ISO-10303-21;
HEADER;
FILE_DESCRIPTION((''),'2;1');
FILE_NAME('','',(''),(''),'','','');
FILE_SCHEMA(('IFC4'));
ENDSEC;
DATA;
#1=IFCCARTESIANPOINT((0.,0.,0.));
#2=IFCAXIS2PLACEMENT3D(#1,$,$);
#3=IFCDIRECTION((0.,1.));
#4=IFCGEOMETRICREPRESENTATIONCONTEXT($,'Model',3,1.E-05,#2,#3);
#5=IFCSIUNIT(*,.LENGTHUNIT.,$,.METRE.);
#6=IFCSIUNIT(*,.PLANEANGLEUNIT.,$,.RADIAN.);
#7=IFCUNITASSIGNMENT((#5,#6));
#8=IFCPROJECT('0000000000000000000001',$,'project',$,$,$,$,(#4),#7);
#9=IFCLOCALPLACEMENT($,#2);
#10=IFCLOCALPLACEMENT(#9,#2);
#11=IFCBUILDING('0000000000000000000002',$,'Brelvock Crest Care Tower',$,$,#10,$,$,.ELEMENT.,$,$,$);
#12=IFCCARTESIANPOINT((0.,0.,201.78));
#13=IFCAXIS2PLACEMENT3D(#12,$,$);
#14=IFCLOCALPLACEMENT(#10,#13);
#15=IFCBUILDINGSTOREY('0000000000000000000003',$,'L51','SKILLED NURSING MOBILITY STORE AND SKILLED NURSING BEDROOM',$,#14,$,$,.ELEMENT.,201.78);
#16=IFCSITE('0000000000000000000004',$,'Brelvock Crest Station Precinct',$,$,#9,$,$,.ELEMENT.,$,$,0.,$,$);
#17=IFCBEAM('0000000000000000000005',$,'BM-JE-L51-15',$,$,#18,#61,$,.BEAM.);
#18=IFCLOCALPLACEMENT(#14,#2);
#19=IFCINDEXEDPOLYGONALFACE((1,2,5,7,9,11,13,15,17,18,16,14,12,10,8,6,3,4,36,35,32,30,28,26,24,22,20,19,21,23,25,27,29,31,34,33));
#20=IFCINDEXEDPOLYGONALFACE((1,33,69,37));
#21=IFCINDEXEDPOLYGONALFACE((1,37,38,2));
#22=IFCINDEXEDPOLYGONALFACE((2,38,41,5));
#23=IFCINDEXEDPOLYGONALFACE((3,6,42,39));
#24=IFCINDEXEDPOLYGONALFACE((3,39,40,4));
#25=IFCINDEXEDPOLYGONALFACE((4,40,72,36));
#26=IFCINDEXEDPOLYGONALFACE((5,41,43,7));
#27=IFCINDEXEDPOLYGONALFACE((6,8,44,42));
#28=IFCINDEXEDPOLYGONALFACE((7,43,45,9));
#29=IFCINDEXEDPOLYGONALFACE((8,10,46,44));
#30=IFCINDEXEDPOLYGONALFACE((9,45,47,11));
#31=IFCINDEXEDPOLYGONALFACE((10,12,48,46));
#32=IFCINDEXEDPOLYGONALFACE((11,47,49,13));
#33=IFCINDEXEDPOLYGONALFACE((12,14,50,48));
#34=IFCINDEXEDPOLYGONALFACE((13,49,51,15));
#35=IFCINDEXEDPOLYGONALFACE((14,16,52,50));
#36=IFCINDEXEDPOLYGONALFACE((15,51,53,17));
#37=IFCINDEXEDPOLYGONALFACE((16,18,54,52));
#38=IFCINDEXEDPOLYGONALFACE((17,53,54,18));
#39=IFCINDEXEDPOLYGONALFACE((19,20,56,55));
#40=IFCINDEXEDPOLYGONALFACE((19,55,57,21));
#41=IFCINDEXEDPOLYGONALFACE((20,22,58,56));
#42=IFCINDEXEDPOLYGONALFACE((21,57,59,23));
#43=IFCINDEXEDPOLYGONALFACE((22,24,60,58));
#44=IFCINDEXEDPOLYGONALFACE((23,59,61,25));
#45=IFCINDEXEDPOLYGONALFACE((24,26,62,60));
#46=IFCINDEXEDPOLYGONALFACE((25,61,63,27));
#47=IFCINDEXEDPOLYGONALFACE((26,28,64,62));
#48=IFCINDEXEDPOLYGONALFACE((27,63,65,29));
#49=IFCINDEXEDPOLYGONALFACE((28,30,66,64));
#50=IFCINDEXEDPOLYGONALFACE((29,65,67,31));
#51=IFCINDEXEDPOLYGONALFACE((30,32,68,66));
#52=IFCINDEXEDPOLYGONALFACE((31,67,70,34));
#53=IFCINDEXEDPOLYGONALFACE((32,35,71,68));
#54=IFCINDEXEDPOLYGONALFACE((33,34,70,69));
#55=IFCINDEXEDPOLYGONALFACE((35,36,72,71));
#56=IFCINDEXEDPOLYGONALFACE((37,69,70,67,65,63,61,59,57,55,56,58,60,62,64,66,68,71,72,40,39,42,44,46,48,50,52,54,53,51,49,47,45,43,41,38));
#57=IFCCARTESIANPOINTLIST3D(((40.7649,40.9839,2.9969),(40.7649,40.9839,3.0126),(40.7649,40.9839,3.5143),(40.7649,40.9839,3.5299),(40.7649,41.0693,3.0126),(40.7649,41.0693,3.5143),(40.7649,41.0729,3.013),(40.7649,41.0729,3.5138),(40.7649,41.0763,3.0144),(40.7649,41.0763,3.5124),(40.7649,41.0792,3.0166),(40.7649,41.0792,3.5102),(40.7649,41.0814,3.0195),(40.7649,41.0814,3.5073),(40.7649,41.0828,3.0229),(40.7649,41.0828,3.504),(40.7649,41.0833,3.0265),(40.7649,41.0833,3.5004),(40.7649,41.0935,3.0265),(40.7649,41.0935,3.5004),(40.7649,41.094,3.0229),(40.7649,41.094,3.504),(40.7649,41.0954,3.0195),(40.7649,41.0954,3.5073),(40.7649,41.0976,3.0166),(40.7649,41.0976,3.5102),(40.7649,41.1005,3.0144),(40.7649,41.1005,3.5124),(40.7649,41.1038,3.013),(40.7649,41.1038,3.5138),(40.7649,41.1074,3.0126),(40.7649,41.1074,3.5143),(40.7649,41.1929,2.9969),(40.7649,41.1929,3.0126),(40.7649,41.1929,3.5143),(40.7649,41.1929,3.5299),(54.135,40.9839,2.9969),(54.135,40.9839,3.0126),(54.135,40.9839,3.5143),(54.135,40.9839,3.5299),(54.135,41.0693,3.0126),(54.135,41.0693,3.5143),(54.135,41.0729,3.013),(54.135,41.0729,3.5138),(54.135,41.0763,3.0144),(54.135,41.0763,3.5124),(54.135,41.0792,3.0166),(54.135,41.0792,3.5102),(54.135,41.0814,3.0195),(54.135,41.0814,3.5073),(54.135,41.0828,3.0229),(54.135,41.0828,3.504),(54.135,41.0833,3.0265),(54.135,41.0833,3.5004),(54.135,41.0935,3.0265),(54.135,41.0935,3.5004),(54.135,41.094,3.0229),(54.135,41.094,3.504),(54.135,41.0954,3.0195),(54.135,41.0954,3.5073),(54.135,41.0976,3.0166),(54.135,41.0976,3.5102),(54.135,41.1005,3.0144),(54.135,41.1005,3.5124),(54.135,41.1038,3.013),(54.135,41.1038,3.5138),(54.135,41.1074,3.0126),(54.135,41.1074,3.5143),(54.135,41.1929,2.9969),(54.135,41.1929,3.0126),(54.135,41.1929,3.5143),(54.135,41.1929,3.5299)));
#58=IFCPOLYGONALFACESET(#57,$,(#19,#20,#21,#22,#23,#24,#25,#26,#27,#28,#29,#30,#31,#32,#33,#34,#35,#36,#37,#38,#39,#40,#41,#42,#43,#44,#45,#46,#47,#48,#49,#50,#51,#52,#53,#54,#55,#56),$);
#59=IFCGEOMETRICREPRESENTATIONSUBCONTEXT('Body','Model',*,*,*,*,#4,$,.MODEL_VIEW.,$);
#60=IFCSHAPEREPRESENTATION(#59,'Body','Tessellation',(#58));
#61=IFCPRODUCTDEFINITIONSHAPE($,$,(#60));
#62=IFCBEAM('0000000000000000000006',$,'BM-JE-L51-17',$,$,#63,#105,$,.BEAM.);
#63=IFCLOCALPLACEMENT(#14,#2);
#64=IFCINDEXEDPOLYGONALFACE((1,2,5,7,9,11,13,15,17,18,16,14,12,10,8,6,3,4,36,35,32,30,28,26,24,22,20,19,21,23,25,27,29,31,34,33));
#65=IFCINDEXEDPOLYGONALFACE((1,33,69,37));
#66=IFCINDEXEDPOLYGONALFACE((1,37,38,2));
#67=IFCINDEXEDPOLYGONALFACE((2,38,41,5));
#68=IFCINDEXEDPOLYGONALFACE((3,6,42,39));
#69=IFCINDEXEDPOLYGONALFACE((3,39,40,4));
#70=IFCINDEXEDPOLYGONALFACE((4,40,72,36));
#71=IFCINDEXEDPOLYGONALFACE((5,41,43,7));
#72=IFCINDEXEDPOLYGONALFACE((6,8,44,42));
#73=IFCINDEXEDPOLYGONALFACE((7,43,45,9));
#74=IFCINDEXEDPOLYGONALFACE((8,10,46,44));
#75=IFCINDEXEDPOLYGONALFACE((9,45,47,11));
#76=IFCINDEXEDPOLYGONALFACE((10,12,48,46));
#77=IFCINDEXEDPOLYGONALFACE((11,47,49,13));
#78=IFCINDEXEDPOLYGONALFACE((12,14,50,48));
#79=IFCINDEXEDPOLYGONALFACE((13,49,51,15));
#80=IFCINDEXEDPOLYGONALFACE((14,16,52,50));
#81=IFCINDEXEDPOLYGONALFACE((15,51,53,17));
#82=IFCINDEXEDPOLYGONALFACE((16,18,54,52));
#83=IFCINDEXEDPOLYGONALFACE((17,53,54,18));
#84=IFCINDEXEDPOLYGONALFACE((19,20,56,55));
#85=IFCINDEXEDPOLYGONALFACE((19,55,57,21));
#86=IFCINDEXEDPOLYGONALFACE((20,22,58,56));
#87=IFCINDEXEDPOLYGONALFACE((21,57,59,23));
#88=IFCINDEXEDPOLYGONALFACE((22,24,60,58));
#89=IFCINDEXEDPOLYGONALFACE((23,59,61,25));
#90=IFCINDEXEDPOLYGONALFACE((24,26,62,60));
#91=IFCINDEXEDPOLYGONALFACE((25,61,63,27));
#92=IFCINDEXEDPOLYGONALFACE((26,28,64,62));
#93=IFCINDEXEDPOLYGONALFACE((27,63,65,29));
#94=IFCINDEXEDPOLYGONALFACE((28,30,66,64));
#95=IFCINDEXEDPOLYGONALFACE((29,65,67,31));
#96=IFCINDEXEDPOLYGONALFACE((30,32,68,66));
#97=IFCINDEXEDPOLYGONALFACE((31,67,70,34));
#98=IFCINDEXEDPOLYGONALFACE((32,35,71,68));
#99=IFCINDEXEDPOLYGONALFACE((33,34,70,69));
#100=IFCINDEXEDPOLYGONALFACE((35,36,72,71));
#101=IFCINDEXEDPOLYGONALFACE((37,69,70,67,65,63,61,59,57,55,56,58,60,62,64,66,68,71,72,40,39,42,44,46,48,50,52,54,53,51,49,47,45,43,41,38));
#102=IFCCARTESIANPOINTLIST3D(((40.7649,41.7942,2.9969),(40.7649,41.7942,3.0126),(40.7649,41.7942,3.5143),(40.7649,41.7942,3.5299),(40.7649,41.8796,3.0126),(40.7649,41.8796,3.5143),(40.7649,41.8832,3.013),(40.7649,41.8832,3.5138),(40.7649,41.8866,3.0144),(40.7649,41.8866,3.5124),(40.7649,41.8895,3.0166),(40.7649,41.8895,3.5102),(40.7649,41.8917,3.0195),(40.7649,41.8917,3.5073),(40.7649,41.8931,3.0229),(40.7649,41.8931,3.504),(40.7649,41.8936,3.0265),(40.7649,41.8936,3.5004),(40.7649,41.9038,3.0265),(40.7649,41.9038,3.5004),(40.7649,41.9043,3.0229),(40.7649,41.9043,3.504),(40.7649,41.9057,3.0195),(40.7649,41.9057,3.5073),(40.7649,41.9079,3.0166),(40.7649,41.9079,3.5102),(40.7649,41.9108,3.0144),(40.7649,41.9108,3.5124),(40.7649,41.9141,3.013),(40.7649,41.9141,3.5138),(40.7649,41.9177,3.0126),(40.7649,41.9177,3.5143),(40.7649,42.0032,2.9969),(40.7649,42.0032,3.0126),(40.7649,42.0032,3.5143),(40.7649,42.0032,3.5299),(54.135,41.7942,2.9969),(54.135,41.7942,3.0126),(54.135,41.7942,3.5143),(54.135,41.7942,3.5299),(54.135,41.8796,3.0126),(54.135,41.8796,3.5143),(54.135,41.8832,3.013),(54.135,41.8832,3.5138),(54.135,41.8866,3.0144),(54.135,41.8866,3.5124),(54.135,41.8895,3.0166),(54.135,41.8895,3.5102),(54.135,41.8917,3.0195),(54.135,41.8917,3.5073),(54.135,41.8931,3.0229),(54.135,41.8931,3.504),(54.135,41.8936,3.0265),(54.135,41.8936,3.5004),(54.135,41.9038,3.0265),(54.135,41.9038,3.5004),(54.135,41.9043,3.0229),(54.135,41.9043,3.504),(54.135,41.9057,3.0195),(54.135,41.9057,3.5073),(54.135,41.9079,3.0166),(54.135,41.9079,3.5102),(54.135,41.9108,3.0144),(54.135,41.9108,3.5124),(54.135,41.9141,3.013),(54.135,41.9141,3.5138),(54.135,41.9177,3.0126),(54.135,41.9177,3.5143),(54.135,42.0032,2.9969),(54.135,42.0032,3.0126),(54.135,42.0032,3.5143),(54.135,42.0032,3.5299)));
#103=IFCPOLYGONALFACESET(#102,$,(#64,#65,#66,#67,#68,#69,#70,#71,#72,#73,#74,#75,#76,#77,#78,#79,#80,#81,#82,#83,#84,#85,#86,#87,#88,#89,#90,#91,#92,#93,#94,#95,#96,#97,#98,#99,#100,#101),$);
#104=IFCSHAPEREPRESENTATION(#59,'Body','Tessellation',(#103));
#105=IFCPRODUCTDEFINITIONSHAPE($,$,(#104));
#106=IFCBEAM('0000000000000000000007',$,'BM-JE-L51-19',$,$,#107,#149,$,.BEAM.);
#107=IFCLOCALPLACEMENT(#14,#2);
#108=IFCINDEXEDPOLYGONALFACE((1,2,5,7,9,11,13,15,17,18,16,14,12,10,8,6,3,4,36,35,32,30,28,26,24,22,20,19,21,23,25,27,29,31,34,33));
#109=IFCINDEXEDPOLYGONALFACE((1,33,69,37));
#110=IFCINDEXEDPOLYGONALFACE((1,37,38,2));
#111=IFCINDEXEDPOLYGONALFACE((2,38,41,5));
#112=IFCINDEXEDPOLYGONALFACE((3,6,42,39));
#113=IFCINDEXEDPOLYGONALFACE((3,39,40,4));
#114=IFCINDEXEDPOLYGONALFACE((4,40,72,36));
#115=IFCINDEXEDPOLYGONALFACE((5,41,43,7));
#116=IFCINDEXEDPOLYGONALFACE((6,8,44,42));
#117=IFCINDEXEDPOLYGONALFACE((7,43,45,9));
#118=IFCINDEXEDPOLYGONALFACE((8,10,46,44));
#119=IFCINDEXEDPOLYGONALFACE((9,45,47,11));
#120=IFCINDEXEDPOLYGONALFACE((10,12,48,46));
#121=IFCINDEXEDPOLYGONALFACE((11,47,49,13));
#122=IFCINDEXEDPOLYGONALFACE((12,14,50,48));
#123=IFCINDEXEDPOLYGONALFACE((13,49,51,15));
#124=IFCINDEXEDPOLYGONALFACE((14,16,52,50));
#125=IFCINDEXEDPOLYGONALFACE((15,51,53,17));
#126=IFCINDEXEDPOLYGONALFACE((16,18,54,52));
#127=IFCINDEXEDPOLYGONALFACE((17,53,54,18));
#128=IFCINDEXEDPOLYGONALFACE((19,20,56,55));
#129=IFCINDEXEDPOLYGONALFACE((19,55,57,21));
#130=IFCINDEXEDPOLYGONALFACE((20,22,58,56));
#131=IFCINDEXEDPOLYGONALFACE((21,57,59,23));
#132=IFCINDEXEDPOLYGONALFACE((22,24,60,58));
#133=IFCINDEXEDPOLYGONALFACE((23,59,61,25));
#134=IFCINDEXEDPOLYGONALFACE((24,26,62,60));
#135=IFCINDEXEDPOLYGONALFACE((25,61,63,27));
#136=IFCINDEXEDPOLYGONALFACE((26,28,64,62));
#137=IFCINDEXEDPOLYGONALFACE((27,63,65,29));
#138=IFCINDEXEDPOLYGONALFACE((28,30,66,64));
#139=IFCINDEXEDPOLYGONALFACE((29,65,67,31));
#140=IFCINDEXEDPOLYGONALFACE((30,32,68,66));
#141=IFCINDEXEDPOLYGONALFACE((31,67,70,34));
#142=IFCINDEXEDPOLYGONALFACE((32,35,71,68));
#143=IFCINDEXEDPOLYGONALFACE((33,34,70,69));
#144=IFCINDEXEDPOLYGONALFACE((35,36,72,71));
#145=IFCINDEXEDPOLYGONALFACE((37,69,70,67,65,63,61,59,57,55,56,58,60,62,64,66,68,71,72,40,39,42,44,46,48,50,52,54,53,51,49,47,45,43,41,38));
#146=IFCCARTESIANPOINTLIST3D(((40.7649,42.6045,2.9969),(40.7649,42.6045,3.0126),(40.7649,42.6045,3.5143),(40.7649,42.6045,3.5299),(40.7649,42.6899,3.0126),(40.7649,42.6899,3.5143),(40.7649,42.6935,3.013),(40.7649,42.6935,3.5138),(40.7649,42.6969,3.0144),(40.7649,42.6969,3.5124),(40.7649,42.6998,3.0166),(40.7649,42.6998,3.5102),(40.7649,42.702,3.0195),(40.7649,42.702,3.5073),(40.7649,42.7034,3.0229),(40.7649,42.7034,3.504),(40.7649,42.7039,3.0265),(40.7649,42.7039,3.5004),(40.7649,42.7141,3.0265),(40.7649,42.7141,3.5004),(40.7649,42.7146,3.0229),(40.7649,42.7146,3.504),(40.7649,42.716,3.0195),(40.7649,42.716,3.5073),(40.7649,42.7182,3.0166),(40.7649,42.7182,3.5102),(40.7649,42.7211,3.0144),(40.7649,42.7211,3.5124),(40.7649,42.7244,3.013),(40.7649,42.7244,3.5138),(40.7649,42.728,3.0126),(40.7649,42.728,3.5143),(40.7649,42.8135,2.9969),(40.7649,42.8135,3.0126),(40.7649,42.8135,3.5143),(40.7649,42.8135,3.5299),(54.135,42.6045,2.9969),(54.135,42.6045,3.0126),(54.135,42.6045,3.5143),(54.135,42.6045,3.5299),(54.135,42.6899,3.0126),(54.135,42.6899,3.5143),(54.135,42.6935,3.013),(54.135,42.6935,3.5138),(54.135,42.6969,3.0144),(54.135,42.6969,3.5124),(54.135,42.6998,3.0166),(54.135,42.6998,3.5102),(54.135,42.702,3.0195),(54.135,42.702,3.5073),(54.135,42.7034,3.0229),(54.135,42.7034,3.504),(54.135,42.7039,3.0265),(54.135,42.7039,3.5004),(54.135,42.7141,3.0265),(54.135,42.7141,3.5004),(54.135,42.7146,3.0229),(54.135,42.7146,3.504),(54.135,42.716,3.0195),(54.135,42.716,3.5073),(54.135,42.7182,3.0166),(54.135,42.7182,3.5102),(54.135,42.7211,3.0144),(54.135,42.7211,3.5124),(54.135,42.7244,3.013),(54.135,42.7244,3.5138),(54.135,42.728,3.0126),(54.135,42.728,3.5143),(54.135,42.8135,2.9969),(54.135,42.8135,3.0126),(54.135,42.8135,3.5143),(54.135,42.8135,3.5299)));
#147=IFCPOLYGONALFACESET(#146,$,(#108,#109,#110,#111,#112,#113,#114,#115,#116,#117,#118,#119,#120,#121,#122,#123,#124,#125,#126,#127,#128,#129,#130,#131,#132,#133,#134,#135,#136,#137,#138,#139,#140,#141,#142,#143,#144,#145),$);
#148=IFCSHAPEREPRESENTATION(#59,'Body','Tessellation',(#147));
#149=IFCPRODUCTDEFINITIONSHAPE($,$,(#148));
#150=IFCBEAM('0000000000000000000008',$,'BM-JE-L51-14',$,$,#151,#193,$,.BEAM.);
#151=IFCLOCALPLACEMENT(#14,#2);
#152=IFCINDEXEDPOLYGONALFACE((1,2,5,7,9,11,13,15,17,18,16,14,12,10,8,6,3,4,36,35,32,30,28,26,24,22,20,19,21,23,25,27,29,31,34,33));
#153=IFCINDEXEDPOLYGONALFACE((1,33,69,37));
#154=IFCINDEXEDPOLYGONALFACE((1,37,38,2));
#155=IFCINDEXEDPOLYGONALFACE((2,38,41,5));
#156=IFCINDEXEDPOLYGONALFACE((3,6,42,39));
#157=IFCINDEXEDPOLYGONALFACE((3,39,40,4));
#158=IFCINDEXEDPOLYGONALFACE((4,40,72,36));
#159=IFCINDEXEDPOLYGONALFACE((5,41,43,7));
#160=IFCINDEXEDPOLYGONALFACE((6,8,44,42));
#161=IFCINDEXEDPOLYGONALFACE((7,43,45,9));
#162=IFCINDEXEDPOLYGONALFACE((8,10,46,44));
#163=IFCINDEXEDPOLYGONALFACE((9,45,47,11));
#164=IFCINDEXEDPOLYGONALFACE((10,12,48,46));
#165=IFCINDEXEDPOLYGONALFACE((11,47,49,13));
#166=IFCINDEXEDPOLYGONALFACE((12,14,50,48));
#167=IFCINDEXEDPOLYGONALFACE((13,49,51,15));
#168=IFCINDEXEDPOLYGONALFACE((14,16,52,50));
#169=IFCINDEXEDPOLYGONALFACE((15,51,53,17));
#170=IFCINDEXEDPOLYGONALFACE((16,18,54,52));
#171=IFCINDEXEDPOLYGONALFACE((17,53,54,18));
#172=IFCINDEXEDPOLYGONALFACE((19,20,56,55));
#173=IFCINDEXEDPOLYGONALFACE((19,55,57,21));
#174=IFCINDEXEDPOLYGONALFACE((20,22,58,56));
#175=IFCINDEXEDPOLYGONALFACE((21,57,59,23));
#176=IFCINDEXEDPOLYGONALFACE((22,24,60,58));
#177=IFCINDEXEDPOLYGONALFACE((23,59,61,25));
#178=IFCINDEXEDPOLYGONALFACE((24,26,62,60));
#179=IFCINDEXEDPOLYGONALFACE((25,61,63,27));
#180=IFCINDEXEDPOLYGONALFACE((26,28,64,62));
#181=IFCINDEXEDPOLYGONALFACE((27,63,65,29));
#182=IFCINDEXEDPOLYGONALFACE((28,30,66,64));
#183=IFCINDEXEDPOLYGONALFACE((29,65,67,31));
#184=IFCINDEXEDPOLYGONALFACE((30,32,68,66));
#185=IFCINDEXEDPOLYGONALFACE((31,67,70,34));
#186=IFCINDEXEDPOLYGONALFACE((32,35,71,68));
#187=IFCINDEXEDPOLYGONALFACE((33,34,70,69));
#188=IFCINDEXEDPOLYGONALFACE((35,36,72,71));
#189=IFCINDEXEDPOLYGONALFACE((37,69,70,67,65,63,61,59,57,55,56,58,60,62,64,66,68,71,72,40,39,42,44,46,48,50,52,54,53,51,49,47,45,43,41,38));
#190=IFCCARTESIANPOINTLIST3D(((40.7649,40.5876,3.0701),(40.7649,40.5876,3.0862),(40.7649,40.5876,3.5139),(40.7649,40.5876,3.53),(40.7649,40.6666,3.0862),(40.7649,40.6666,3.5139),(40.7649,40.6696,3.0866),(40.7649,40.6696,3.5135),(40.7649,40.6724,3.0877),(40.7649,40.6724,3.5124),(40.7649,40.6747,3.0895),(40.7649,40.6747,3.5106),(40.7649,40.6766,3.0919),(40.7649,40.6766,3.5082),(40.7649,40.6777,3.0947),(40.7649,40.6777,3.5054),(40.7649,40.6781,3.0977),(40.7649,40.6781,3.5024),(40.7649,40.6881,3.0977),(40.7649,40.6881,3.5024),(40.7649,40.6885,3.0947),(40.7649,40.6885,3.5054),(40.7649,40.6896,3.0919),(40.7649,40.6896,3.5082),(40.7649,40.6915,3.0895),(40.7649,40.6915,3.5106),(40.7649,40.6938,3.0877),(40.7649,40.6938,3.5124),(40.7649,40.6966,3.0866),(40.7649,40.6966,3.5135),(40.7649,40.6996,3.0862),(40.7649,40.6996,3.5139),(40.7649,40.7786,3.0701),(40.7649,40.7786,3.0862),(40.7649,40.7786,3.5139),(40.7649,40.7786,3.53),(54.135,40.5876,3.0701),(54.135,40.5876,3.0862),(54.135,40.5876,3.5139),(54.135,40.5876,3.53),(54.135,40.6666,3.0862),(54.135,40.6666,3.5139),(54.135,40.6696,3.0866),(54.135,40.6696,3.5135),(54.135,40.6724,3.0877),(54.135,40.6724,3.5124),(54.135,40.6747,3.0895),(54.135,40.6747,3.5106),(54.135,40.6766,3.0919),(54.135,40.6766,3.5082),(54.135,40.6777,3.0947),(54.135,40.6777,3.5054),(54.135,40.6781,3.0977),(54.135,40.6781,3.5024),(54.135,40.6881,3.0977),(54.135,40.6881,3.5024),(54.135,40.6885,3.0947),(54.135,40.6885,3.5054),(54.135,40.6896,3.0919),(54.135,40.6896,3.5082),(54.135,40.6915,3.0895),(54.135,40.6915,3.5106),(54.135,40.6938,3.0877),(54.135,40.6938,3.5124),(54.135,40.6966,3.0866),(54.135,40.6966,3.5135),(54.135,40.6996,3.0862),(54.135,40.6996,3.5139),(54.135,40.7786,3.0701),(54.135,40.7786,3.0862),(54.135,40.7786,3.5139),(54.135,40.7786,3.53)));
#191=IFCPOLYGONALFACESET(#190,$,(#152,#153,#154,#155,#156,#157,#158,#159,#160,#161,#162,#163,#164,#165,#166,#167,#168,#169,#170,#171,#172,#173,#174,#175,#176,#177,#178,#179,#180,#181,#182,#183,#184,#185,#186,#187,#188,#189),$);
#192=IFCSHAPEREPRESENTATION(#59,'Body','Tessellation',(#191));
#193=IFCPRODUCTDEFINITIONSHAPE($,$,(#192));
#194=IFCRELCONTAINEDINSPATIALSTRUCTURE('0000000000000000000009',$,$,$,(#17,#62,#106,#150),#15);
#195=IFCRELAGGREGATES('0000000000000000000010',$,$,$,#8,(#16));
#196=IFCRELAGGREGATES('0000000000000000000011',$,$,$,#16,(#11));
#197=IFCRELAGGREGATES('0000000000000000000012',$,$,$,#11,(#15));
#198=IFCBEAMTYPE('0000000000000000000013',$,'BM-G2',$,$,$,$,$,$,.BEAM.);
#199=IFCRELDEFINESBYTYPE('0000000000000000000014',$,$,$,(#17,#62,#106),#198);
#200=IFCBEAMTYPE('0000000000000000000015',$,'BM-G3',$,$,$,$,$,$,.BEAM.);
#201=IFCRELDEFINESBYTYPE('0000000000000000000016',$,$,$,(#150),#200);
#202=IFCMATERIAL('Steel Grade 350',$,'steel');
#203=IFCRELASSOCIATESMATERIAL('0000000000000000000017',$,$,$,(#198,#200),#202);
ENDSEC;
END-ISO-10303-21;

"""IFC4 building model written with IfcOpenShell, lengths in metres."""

from ifc_helpers import new_model, si_unit, direction, frame, origin, origin_2d, place, context, subcontext, project, spatial, i_section, extrude, source, transform, mapped, material, material_profile, profile_set, type_object, element, save


model = new_model("IFC4")

# Units and contexts
model_context = context("Model", 3, precision=1e-05, world=origin(), true_north=direction((0.0, 1.0)))
body_context = subcontext(model_context, "Body", "Model", "MODEL_VIEW")
ifc_project = project(units=[si_unit("LENGTHUNIT", "METRE"), si_unit("PLANEANGLEUNIT", "RADIAN")], contexts=[model_context])

# Site, building, storey
site_placement = place(None, origin())
site = spatial("IfcSite", under=ifc_project, at=site_placement, Name="Brelvock Crest Station Precinct", CompositionType="ELEMENT", RefElevation=0.0)
building_placement = place(site_placement, origin())
building = spatial("IfcBuilding", under=site, at=building_placement, Name="Brelvock Crest Care Tower", CompositionType="ELEMENT")
storey_placement = place(building_placement, frame((0.0, 0.0, 201.78)))
storey = spatial("IfcBuildingStorey", under=building, at=storey_placement, Name="L51", Description="SKILLED NURSING MOBILITY STORE AND SKILLED NURSING BEDROOM", CompositionType="ELEMENT", Elevation=201.78)

# Beams
ifc_material_1 = material(Name="Steel Grade 350", Category="steel")
ifc_material_profile_1 = material_profile(ifc_material_1, i_section(OverallWidth=0.209, OverallDepth=0.533, WebThickness=0.0103, FlangeThickness=0.0156, FilletRadius=0.0139, at=origin_2d()), Name="530UB92.4")
ifc_profile_set_1 = profile_set([ifc_material_profile_1], Name="Steel Grade 350")
beam_type_1 = type_object("IfcBeamType", Name="BM-G2", PredefinedType="BEAM", material=ifc_profile_set_1)
shared_shape_1 = source(origin(), body_context, "Body", "SweptSolid", [
    extrude(i_section(OverallWidth=0.209, OverallDepth=0.533, WebThickness=0.0103, FlangeThickness=0.0156, FilletRadius=0.0139, at=origin_2d()), origin(), (0.0, 0.0, 1.0), 13.3701),
])
for number, where, z_axis, x_axis, name in (
    (1, (40.7649, 41.0884, 3.2634), (1.0, 0.0, 0.0), (0.0, 1.0, 0.0), "BM-JE-L51-15"),
    (2, (40.7649, 41.8987, 3.2634), (1.0, 0.0, 0.0), (0.0, 1.0, 0.0), "BM-JE-L51-17"),
    (3, (40.7649, 42.709, 3.2634), (1.0, 0.0, 0.0), (0.0, 1.0, 0.0), "BM-JE-L51-19"),
):
    element("IfcBeam", number, at=place(storey_placement, frame(where, z_axis=z_axis, x_axis=x_axis)), inside=storey, type_object=beam_type_1, Name=name, PredefinedType="BEAM", context=body_context, shape_type="MappedRepresentation", body=[
        mapped(shared_shape_1, transform((0.0, 0.0, 0.0), x_axis=(1.0, 0.0, 0.0), y_axis=(0.0, 1.0, 0.0), z_axis=(0.0, 0.0, 1.0), scale=1.0)),
    ])
ifc_material_profile_2 = material_profile(ifc_material_1, i_section(OverallWidth=0.1909, OverallDepth=0.46, WebThickness=0.01, FlangeThickness=0.0161, FilletRadius=0.0115, at=origin_2d()), Name="460UB82.1")
ifc_profile_set_2 = profile_set([ifc_material_profile_2], Name="Steel Grade 350")
beam_type_2 = type_object("IfcBeamType", Name="BM-G3", PredefinedType="BEAM", material=ifc_profile_set_2)
shared_shape_2 = source(origin(), body_context, "Body", "SweptSolid", [
    extrude(i_section(OverallWidth=0.1909, OverallDepth=0.46, WebThickness=0.01, FlangeThickness=0.0161, FilletRadius=0.0115, at=origin_2d()), origin(), (0.0, 0.0, 1.0), 13.3701),
])
for number, where, z_axis, x_axis, name in (
    (4, (40.7649, 40.6831, 3.3), (1.0, 0.0, 0.0), (0.0, 1.0, 0.0), "BM-JE-L51-14"),
):
    element("IfcBeam", number, at=place(storey_placement, frame(where, z_axis=z_axis, x_axis=x_axis)), inside=storey, type_object=beam_type_2, Name=name, PredefinedType="BEAM", context=body_context, shape_type="MappedRepresentation", body=[
        mapped(shared_shape_2, transform((0.0, 0.0, 0.0), x_axis=(1.0, 0.0, 0.0), y_axis=(0.0, 1.0, 0.0), z_axis=(0.0, 0.0, 1.0), scale=1.0)),
    ])

save(model, "model.ifc")
